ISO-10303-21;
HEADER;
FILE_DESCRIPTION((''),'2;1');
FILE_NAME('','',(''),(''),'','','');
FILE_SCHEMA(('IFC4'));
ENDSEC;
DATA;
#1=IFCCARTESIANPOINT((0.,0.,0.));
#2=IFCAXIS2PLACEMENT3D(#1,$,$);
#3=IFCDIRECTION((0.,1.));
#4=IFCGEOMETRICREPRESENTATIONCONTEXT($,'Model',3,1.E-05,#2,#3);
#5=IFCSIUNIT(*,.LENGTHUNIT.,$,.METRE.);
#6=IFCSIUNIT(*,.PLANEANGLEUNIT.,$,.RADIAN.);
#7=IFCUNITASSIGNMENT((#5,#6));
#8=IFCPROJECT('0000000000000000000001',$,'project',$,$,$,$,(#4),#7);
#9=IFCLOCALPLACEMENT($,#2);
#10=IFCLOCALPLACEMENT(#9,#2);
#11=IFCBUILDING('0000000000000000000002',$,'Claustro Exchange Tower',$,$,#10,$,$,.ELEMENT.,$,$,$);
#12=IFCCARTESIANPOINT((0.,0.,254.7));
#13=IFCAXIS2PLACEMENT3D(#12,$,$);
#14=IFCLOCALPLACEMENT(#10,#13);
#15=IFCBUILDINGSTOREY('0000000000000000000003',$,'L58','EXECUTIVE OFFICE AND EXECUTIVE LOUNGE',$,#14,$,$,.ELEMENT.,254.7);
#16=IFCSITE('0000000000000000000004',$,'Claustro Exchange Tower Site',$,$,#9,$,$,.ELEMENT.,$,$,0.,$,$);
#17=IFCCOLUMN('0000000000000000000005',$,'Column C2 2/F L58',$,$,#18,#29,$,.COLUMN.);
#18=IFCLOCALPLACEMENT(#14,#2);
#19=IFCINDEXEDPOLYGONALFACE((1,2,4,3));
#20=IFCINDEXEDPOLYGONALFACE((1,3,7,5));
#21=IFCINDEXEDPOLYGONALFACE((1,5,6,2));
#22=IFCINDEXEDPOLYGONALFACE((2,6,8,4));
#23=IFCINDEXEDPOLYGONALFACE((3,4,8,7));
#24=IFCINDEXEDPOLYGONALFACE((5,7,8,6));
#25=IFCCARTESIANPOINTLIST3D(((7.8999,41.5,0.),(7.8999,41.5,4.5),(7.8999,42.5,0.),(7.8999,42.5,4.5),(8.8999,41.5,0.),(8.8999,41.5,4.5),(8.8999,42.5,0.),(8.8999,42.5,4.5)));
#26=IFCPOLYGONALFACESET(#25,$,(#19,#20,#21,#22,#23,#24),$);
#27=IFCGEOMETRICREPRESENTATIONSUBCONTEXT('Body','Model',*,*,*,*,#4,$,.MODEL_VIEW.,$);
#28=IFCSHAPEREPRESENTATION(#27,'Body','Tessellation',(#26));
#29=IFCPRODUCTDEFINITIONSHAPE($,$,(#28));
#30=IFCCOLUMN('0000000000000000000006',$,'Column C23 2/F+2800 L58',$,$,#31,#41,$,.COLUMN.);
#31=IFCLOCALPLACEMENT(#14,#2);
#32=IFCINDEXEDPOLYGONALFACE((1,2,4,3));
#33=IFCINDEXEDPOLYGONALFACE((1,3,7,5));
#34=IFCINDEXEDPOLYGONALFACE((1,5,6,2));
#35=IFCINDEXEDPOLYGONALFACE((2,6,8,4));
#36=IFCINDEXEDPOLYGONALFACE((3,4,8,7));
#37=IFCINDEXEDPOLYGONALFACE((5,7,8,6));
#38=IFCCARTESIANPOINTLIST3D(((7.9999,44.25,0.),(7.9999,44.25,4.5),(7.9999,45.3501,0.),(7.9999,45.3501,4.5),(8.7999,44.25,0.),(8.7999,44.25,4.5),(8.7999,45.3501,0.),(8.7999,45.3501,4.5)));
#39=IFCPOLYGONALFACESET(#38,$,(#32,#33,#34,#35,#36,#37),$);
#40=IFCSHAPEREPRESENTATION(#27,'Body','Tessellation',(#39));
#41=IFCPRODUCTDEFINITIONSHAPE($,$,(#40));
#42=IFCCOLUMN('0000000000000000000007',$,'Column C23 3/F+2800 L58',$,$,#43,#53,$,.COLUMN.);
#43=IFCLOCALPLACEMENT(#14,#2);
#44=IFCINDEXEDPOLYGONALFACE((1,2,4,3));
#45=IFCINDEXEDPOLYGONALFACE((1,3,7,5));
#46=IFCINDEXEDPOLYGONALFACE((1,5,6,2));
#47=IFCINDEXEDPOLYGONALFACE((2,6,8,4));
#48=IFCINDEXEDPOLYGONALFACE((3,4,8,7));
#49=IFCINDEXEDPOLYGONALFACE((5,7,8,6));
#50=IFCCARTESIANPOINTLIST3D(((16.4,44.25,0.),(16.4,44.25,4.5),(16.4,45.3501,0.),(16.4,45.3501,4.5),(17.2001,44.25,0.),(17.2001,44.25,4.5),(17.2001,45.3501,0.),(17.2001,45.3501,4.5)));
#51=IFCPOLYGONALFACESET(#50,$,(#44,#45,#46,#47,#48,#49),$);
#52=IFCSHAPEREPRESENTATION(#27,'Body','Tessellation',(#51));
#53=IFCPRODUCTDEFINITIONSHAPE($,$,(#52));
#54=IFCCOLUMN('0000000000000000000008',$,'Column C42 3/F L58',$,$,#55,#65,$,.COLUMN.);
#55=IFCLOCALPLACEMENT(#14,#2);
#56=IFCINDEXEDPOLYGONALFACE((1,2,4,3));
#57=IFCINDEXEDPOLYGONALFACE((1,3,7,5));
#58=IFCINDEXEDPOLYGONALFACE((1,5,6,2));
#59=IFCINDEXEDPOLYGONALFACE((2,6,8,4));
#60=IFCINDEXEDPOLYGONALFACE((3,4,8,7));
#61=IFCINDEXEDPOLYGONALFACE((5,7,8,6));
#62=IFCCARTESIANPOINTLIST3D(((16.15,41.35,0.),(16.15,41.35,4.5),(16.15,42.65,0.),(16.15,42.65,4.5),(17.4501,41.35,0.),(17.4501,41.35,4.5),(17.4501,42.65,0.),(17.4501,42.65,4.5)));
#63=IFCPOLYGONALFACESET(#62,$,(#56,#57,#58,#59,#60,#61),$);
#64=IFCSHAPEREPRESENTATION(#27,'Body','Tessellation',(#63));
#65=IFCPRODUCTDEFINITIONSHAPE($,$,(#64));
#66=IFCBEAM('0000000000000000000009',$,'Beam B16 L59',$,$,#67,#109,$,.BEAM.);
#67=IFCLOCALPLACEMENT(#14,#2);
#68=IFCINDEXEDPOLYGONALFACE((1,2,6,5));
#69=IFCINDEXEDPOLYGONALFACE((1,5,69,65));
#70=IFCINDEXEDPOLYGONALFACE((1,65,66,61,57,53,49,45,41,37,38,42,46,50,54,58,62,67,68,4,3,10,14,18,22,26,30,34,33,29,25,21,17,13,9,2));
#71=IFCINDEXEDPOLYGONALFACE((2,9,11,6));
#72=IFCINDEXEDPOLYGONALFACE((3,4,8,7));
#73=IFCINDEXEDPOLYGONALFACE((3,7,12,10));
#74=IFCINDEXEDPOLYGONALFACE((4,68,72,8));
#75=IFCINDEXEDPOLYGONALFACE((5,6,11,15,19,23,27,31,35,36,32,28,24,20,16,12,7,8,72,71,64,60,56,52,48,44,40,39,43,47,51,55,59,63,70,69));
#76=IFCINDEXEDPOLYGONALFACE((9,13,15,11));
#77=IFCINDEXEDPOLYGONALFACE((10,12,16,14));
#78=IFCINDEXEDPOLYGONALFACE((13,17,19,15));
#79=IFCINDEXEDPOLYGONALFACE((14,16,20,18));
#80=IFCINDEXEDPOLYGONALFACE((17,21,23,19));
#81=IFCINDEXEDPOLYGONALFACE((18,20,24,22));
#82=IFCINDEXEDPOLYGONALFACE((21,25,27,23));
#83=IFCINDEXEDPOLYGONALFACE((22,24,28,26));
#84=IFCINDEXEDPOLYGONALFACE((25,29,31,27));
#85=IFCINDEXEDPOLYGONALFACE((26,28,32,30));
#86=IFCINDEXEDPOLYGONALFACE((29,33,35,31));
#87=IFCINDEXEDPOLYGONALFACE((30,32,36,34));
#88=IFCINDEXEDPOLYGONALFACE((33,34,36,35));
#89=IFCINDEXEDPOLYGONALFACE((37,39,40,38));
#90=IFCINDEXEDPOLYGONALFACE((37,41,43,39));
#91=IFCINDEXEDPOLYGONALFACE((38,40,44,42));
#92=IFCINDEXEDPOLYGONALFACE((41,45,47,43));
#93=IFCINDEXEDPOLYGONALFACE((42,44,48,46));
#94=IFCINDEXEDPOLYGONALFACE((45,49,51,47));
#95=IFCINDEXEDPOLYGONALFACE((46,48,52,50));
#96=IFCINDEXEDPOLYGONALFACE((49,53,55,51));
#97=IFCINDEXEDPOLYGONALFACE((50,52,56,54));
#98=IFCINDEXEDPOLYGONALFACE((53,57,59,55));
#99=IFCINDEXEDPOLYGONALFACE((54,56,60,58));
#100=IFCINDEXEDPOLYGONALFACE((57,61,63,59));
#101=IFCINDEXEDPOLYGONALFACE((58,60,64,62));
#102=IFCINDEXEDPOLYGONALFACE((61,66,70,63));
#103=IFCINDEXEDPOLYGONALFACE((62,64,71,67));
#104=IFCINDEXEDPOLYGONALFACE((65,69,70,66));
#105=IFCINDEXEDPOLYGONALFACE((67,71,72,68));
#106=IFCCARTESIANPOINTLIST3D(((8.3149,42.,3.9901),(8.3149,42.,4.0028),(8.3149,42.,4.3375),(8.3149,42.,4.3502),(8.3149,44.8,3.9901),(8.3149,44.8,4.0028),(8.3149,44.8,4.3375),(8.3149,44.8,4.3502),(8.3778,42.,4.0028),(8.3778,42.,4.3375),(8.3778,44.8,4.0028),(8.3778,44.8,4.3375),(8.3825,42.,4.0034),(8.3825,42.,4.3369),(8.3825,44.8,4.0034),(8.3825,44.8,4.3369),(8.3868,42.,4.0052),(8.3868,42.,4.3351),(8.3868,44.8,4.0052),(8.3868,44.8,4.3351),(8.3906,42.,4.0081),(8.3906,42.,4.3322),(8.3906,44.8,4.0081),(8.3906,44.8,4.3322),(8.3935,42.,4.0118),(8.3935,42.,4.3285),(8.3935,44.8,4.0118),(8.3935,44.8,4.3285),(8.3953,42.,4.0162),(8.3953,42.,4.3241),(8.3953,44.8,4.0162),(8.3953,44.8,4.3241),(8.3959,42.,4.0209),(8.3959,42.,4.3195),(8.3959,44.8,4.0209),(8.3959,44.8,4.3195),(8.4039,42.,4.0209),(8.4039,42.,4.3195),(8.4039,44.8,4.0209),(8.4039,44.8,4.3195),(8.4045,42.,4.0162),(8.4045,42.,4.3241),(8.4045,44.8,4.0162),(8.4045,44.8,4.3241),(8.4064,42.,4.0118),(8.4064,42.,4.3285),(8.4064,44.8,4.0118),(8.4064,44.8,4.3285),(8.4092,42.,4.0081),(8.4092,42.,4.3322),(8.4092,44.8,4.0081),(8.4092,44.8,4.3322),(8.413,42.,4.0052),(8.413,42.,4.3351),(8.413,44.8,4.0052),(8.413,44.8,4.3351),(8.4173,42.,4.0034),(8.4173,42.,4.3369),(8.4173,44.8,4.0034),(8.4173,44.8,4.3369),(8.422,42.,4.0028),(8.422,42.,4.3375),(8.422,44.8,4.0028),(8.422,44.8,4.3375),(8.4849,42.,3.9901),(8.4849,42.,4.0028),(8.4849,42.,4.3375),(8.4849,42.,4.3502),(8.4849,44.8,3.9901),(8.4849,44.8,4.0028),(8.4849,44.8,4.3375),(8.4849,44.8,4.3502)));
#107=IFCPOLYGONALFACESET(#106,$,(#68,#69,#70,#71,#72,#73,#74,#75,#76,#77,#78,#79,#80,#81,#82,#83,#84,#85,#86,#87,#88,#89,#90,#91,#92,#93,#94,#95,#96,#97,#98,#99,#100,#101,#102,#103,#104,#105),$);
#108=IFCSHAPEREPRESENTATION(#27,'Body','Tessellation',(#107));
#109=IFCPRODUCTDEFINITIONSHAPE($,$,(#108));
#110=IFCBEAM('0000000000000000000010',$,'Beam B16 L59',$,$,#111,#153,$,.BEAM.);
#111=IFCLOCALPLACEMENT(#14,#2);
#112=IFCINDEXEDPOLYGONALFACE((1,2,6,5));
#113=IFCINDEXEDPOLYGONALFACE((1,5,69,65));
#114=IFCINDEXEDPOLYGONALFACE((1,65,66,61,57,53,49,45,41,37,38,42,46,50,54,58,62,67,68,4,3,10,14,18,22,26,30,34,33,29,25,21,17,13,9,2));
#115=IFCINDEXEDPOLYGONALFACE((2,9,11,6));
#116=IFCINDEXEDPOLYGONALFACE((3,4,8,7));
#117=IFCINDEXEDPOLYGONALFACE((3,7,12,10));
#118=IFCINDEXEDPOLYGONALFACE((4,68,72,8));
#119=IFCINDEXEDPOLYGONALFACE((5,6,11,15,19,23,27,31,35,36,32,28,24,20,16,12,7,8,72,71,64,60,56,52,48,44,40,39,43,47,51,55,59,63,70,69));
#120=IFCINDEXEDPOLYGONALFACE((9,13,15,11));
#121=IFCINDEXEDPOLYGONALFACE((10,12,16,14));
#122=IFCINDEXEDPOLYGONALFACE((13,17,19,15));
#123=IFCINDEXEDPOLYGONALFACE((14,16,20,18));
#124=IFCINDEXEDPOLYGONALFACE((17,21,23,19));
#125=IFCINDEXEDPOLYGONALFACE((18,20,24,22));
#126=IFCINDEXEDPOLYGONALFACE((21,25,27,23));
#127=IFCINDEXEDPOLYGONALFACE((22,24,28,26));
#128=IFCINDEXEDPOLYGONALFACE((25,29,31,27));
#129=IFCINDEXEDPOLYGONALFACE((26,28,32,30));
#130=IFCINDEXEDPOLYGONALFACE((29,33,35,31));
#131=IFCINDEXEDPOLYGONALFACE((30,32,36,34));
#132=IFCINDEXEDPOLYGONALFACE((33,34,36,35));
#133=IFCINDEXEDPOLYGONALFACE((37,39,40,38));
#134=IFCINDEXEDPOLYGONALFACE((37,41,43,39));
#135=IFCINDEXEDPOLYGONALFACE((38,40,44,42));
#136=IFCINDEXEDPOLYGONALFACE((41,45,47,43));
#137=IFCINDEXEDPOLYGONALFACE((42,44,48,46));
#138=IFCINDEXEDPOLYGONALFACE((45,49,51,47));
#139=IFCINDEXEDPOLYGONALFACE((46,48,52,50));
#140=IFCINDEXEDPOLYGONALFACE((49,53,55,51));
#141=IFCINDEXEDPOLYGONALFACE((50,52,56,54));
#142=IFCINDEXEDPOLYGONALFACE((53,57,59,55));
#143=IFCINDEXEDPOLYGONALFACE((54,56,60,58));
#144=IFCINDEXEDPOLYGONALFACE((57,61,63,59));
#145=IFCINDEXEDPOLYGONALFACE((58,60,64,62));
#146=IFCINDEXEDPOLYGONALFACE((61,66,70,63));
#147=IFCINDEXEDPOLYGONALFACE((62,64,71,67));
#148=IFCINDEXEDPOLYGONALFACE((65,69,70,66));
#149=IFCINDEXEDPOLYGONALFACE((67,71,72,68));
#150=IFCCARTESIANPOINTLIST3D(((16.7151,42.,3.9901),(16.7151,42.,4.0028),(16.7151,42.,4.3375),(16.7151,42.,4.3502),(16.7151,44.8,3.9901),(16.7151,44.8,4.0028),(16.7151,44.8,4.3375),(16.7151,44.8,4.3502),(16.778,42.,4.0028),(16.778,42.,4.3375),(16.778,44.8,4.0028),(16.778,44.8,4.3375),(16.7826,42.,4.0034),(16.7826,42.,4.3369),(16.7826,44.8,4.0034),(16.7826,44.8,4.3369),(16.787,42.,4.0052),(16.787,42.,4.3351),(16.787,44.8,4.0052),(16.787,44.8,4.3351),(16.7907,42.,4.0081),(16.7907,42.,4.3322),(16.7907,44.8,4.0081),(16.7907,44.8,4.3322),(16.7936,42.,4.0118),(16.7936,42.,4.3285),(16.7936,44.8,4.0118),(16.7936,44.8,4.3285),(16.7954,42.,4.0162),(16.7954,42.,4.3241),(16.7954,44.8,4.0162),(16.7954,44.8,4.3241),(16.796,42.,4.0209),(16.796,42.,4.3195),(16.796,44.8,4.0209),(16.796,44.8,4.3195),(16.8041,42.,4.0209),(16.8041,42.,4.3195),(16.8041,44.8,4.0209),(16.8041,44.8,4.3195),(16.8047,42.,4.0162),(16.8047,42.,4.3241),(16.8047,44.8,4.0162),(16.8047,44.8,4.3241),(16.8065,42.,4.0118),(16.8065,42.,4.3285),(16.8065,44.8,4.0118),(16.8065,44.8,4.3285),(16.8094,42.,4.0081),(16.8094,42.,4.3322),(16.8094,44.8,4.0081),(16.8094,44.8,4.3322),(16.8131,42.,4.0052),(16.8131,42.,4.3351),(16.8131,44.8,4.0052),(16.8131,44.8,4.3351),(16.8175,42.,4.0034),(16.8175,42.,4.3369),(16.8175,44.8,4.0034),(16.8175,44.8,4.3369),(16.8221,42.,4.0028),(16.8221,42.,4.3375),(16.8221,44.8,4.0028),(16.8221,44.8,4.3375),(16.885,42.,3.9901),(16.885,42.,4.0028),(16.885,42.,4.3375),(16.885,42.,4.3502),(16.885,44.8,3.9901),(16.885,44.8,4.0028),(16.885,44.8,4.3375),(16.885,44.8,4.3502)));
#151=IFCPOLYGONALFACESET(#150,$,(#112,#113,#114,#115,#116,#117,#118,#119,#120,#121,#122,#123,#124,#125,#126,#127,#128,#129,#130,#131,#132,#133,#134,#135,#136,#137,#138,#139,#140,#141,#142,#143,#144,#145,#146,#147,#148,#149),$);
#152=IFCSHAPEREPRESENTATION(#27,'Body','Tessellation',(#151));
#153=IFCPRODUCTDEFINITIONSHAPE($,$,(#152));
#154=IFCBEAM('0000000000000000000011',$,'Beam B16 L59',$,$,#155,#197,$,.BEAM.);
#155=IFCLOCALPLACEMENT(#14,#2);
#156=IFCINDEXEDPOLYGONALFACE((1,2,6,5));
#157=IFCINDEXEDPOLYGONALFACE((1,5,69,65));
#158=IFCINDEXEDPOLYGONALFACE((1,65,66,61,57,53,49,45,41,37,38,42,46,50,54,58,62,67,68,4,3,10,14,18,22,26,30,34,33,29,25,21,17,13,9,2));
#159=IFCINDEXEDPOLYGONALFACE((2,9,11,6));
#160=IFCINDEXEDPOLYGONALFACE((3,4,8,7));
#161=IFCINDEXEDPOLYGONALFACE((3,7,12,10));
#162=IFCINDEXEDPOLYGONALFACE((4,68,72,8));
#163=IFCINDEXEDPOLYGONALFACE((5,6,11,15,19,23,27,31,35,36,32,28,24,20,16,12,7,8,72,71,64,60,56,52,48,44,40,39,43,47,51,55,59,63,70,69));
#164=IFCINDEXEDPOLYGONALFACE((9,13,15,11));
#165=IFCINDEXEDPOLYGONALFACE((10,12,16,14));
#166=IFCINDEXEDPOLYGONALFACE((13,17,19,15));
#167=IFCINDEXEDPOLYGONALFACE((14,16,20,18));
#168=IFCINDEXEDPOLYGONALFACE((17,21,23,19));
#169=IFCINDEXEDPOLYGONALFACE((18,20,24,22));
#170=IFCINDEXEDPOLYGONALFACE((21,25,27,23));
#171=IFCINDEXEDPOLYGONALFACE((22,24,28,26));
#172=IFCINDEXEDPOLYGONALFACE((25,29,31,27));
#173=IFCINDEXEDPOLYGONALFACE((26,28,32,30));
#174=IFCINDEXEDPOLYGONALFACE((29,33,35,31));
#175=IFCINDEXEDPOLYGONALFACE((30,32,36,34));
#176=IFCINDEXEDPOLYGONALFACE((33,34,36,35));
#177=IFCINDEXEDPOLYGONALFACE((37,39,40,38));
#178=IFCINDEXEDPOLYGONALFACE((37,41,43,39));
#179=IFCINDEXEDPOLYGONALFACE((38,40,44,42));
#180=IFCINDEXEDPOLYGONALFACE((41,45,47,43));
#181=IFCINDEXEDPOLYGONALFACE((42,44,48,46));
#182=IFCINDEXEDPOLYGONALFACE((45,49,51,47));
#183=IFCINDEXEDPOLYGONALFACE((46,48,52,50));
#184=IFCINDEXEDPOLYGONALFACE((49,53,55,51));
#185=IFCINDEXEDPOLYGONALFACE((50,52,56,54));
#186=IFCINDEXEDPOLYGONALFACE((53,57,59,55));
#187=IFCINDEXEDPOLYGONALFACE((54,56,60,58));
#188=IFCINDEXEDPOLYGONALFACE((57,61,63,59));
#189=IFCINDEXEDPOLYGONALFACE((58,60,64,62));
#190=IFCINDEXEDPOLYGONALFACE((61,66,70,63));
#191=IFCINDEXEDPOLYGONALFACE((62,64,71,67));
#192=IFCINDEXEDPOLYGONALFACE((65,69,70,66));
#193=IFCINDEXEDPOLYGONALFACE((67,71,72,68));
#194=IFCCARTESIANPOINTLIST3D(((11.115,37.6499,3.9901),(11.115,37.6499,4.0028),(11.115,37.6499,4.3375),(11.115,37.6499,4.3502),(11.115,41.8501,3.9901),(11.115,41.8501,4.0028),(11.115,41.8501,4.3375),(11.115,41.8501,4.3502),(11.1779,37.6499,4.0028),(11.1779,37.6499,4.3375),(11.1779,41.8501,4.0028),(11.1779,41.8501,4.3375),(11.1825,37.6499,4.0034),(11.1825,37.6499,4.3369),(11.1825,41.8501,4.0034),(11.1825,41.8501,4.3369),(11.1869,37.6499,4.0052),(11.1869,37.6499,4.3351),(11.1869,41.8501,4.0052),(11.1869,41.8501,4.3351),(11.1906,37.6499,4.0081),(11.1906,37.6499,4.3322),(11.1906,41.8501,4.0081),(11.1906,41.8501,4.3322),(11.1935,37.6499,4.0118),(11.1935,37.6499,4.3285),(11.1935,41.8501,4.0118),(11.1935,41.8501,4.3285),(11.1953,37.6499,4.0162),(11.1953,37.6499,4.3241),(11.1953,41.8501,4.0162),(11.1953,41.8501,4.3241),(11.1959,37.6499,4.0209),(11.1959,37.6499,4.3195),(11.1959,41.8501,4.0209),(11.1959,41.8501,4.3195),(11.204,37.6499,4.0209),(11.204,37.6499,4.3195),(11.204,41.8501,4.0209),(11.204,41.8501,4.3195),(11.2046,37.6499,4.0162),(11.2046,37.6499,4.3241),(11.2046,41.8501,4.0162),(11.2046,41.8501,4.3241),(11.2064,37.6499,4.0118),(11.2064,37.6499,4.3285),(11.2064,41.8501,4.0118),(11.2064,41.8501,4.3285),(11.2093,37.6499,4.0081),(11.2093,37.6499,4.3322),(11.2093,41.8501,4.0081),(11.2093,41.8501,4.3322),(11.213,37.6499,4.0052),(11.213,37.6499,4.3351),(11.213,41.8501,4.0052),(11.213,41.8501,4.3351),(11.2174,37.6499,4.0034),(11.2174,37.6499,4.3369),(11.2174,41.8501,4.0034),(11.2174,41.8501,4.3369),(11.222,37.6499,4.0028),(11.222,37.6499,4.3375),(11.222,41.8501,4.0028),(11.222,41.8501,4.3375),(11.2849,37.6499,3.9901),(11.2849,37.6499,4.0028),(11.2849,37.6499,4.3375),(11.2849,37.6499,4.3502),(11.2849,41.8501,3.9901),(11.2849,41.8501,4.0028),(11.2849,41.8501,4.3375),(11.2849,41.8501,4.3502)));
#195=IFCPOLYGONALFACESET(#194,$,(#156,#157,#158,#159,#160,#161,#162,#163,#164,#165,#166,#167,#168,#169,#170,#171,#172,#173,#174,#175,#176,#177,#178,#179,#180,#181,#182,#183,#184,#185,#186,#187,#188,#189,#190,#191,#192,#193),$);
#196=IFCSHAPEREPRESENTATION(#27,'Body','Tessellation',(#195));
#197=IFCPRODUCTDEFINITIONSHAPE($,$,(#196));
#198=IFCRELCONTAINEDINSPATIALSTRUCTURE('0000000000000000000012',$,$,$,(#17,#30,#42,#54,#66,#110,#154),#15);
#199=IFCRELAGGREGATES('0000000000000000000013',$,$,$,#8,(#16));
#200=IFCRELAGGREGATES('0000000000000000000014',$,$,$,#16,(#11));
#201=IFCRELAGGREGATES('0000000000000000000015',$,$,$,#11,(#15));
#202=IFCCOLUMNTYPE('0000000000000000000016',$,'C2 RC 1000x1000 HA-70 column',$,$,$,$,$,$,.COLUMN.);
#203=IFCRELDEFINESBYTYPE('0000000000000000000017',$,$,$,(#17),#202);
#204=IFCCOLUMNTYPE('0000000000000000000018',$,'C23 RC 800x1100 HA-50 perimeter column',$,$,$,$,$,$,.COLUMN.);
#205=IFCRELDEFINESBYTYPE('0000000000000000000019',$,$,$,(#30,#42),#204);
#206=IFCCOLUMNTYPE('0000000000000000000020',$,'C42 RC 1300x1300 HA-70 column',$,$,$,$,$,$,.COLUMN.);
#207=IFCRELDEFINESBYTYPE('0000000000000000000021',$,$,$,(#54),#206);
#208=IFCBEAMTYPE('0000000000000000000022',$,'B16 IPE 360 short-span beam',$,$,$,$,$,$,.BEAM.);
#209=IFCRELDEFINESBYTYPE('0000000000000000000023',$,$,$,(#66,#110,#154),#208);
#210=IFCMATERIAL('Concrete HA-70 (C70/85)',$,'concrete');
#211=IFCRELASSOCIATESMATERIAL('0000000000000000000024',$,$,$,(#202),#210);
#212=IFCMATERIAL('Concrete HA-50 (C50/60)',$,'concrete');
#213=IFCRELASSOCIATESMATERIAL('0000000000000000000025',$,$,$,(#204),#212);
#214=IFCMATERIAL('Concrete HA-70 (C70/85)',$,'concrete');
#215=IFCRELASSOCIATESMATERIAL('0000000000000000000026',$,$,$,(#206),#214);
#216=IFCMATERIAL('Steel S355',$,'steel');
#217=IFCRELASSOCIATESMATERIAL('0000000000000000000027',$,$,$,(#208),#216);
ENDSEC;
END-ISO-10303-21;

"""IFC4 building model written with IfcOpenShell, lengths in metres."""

from ifc_helpers import new_model, si_unit, direction, frame, origin, origin_2d, place, context, subcontext, project, spatial, rectangle, i_section, extrude, material, material_profile, profile_set, type_object, element, save


model = new_model("IFC4")

# Units and contexts
model_context = context("Model", 3, precision=1e-05, world=origin(), true_north=direction((0.0, 1.0)))
body_context = subcontext(model_context, "Body", "Model", "MODEL_VIEW")
ifc_project = project(units=[si_unit("LENGTHUNIT", "METRE"), si_unit("PLANEANGLEUNIT", "RADIAN")], contexts=[model_context])

# Site, building, storey
site_placement = place(None, origin())
site = spatial("IfcSite", under=ifc_project, at=site_placement, Name="Claustro Exchange Tower Site", CompositionType="ELEMENT", RefElevation=0.0)
building_placement = place(site_placement, origin())
building = spatial("IfcBuilding", under=site, at=building_placement, Name="Claustro Exchange Tower", CompositionType="ELEMENT")
storey_placement = place(building_placement, frame((0.0, 0.0, 254.7)))
storey = spatial("IfcBuildingStorey", under=building, at=storey_placement, Name="L58", Description="EXECUTIVE OFFICE AND EXECUTIVE LOUNGE", CompositionType="ELEMENT", Elevation=254.7)

# Columns
ifc_material_1 = material(Name="Concrete HA-70 (C70/85)", Category="concrete")
ifc_material_profile_1 = material_profile(ifc_material_1, rectangle(XDim=1.0, YDim=1.0, at=origin_2d()), Name="RC 1000x1000")
ifc_profile_set_1 = profile_set([ifc_material_profile_1], Name="Concrete HA-70 (C70/85)")
column_type_1 = type_object("IfcColumnType", Name="C2 RC 1000x1000 HA-70 column", PredefinedType="COLUMN", material=ifc_profile_set_1)
column_1_placement = place(storey_placement, frame((8.3999, 42.0, 0.0), z_axis=(0.0, 0.0, 1.0), x_axis=(1.0, 0.0, 0.0)))
element("IfcColumn", 1, at=column_1_placement, inside=storey, type_object=column_type_1, Name="Column C2 2/F L58", PredefinedType="COLUMN", context=body_context, shape_type="SweptSolid", body=[
    extrude(rectangle(XDim=1.0, YDim=1.0, at=origin_2d()), origin(), (0.0, 0.0, 1.0), 4.5),
])
ifc_material_2 = material(Name="Concrete HA-50 (C50/60)", Category="concrete")
ifc_material_profile_2 = material_profile(ifc_material_2, rectangle(XDim=0.8, YDim=1.1001, at=origin_2d()), Name="RC 800x1100")
ifc_profile_set_2 = profile_set([ifc_material_profile_2], Name="Concrete HA-50 (C50/60)")
column_type_2 = type_object("IfcColumnType", Name="C23 RC 800x1100 HA-50 perimeter column", PredefinedType="COLUMN", material=ifc_profile_set_2)
for number, where, z_axis, x_axis, name in (
    (2, (8.3999, 44.8, 0.0), (0.0, 0.0, 1.0), (1.0, 0.0, 0.0), "Column C23 2/F+2800 L58"),
    (3, (16.8, 44.8, 0.0), (0.0, 0.0, 1.0), (1.0, 0.0, 0.0), "Column C23 3/F+2800 L58"),
):
    element("IfcColumn", number, at=place(storey_placement, frame(where, z_axis=z_axis, x_axis=x_axis)), inside=storey, type_object=column_type_2, Name=name, PredefinedType="COLUMN", context=body_context, shape_type="SweptSolid", body=[
        extrude(rectangle(XDim=0.8, YDim=1.1001, at=origin_2d()), origin(), (0.0, 0.0, 1.0), 4.5),
    ])
ifc_material_3 = material(Name="Concrete HA-70 (C70/85)", Category="concrete")
ifc_material_profile_3 = material_profile(ifc_material_3, rectangle(XDim=1.3, YDim=1.3, at=origin_2d()), Name="RC 1300x1300")
ifc_profile_set_3 = profile_set([ifc_material_profile_3], Name="Concrete HA-70 (C70/85)")
column_type_3 = type_object("IfcColumnType", Name="C42 RC 1300x1300 HA-70 column", PredefinedType="COLUMN", material=ifc_profile_set_3)
column_2_placement = place(storey_placement, frame((16.8, 42.0, 0.0), z_axis=(0.0, 0.0, 1.0), x_axis=(1.0, 0.0, 0.0)))
element("IfcColumn", 4, at=column_2_placement, inside=storey, type_object=column_type_3, Name="Column C42 3/F L58", PredefinedType="COLUMN", context=body_context, shape_type="SweptSolid", body=[
    extrude(rectangle(XDim=1.3, YDim=1.3, at=origin_2d()), origin(), (0.0, 0.0, 1.0), 4.5),
])

# Beams
ifc_material_4 = material(Name="Steel S355", Category="steel")
ifc_material_profile_4 = material_profile(ifc_material_4, i_section(OverallWidth=0.1699, OverallDepth=0.3601, WebThickness=0.0081, FlangeThickness=0.0127, FilletRadius=0.0181, at=origin_2d()), Name="IPE 360")
ifc_profile_set_4 = profile_set([ifc_material_profile_4], Name="Steel S355")
beam_type_1 = type_object("IfcBeamType", Name="B16 IPE 360 short-span beam", PredefinedType="BEAM", material=ifc_profile_set_4)
for number, where, z_axis, x_axis, name in (
    (5, (8.3999, 42.0, 4.1702), (0.0, 1.0, 0.0), (-1.0, 0.0, 0.0), "Beam B16 L59"),
    (6, (16.8, 42.0, 4.1702), (0.0, 1.0, 0.0), (-1.0, 0.0, 0.0), "Beam B16 L59"),
):
    element("IfcBeam", number, at=place(storey_placement, frame(where, z_axis=z_axis, x_axis=x_axis)), inside=storey, type_object=beam_type_1, Name=name, PredefinedType="BEAM", context=body_context, shape_type="SweptSolid", body=[
        extrude(i_section(OverallWidth=0.1699, OverallDepth=0.3601, WebThickness=0.0081, FlangeThickness=0.0127, FilletRadius=0.0181, at=origin_2d()), origin(), (0.0, 0.0, 1.0), 2.8),
    ])
for number, where, z_axis, x_axis, name in (
    (7, (11.2, 37.6499, 4.1702), (0.0, 1.0, 0.0), (-1.0, 0.0, 0.0), "Beam B16 L59"),
):
    element("IfcBeam", number, at=place(storey_placement, frame(where, z_axis=z_axis, x_axis=x_axis)), inside=storey, type_object=beam_type_1, Name=name, PredefinedType="BEAM", context=body_context, shape_type="SweptSolid", body=[
        extrude(i_section(OverallWidth=0.1699, OverallDepth=0.3601, WebThickness=0.0081, FlangeThickness=0.0127, FilletRadius=0.0181, at=origin_2d()), origin(), (0.0, 0.0, 1.0), 4.2002),
    ])

save(model, "model.ifc")
